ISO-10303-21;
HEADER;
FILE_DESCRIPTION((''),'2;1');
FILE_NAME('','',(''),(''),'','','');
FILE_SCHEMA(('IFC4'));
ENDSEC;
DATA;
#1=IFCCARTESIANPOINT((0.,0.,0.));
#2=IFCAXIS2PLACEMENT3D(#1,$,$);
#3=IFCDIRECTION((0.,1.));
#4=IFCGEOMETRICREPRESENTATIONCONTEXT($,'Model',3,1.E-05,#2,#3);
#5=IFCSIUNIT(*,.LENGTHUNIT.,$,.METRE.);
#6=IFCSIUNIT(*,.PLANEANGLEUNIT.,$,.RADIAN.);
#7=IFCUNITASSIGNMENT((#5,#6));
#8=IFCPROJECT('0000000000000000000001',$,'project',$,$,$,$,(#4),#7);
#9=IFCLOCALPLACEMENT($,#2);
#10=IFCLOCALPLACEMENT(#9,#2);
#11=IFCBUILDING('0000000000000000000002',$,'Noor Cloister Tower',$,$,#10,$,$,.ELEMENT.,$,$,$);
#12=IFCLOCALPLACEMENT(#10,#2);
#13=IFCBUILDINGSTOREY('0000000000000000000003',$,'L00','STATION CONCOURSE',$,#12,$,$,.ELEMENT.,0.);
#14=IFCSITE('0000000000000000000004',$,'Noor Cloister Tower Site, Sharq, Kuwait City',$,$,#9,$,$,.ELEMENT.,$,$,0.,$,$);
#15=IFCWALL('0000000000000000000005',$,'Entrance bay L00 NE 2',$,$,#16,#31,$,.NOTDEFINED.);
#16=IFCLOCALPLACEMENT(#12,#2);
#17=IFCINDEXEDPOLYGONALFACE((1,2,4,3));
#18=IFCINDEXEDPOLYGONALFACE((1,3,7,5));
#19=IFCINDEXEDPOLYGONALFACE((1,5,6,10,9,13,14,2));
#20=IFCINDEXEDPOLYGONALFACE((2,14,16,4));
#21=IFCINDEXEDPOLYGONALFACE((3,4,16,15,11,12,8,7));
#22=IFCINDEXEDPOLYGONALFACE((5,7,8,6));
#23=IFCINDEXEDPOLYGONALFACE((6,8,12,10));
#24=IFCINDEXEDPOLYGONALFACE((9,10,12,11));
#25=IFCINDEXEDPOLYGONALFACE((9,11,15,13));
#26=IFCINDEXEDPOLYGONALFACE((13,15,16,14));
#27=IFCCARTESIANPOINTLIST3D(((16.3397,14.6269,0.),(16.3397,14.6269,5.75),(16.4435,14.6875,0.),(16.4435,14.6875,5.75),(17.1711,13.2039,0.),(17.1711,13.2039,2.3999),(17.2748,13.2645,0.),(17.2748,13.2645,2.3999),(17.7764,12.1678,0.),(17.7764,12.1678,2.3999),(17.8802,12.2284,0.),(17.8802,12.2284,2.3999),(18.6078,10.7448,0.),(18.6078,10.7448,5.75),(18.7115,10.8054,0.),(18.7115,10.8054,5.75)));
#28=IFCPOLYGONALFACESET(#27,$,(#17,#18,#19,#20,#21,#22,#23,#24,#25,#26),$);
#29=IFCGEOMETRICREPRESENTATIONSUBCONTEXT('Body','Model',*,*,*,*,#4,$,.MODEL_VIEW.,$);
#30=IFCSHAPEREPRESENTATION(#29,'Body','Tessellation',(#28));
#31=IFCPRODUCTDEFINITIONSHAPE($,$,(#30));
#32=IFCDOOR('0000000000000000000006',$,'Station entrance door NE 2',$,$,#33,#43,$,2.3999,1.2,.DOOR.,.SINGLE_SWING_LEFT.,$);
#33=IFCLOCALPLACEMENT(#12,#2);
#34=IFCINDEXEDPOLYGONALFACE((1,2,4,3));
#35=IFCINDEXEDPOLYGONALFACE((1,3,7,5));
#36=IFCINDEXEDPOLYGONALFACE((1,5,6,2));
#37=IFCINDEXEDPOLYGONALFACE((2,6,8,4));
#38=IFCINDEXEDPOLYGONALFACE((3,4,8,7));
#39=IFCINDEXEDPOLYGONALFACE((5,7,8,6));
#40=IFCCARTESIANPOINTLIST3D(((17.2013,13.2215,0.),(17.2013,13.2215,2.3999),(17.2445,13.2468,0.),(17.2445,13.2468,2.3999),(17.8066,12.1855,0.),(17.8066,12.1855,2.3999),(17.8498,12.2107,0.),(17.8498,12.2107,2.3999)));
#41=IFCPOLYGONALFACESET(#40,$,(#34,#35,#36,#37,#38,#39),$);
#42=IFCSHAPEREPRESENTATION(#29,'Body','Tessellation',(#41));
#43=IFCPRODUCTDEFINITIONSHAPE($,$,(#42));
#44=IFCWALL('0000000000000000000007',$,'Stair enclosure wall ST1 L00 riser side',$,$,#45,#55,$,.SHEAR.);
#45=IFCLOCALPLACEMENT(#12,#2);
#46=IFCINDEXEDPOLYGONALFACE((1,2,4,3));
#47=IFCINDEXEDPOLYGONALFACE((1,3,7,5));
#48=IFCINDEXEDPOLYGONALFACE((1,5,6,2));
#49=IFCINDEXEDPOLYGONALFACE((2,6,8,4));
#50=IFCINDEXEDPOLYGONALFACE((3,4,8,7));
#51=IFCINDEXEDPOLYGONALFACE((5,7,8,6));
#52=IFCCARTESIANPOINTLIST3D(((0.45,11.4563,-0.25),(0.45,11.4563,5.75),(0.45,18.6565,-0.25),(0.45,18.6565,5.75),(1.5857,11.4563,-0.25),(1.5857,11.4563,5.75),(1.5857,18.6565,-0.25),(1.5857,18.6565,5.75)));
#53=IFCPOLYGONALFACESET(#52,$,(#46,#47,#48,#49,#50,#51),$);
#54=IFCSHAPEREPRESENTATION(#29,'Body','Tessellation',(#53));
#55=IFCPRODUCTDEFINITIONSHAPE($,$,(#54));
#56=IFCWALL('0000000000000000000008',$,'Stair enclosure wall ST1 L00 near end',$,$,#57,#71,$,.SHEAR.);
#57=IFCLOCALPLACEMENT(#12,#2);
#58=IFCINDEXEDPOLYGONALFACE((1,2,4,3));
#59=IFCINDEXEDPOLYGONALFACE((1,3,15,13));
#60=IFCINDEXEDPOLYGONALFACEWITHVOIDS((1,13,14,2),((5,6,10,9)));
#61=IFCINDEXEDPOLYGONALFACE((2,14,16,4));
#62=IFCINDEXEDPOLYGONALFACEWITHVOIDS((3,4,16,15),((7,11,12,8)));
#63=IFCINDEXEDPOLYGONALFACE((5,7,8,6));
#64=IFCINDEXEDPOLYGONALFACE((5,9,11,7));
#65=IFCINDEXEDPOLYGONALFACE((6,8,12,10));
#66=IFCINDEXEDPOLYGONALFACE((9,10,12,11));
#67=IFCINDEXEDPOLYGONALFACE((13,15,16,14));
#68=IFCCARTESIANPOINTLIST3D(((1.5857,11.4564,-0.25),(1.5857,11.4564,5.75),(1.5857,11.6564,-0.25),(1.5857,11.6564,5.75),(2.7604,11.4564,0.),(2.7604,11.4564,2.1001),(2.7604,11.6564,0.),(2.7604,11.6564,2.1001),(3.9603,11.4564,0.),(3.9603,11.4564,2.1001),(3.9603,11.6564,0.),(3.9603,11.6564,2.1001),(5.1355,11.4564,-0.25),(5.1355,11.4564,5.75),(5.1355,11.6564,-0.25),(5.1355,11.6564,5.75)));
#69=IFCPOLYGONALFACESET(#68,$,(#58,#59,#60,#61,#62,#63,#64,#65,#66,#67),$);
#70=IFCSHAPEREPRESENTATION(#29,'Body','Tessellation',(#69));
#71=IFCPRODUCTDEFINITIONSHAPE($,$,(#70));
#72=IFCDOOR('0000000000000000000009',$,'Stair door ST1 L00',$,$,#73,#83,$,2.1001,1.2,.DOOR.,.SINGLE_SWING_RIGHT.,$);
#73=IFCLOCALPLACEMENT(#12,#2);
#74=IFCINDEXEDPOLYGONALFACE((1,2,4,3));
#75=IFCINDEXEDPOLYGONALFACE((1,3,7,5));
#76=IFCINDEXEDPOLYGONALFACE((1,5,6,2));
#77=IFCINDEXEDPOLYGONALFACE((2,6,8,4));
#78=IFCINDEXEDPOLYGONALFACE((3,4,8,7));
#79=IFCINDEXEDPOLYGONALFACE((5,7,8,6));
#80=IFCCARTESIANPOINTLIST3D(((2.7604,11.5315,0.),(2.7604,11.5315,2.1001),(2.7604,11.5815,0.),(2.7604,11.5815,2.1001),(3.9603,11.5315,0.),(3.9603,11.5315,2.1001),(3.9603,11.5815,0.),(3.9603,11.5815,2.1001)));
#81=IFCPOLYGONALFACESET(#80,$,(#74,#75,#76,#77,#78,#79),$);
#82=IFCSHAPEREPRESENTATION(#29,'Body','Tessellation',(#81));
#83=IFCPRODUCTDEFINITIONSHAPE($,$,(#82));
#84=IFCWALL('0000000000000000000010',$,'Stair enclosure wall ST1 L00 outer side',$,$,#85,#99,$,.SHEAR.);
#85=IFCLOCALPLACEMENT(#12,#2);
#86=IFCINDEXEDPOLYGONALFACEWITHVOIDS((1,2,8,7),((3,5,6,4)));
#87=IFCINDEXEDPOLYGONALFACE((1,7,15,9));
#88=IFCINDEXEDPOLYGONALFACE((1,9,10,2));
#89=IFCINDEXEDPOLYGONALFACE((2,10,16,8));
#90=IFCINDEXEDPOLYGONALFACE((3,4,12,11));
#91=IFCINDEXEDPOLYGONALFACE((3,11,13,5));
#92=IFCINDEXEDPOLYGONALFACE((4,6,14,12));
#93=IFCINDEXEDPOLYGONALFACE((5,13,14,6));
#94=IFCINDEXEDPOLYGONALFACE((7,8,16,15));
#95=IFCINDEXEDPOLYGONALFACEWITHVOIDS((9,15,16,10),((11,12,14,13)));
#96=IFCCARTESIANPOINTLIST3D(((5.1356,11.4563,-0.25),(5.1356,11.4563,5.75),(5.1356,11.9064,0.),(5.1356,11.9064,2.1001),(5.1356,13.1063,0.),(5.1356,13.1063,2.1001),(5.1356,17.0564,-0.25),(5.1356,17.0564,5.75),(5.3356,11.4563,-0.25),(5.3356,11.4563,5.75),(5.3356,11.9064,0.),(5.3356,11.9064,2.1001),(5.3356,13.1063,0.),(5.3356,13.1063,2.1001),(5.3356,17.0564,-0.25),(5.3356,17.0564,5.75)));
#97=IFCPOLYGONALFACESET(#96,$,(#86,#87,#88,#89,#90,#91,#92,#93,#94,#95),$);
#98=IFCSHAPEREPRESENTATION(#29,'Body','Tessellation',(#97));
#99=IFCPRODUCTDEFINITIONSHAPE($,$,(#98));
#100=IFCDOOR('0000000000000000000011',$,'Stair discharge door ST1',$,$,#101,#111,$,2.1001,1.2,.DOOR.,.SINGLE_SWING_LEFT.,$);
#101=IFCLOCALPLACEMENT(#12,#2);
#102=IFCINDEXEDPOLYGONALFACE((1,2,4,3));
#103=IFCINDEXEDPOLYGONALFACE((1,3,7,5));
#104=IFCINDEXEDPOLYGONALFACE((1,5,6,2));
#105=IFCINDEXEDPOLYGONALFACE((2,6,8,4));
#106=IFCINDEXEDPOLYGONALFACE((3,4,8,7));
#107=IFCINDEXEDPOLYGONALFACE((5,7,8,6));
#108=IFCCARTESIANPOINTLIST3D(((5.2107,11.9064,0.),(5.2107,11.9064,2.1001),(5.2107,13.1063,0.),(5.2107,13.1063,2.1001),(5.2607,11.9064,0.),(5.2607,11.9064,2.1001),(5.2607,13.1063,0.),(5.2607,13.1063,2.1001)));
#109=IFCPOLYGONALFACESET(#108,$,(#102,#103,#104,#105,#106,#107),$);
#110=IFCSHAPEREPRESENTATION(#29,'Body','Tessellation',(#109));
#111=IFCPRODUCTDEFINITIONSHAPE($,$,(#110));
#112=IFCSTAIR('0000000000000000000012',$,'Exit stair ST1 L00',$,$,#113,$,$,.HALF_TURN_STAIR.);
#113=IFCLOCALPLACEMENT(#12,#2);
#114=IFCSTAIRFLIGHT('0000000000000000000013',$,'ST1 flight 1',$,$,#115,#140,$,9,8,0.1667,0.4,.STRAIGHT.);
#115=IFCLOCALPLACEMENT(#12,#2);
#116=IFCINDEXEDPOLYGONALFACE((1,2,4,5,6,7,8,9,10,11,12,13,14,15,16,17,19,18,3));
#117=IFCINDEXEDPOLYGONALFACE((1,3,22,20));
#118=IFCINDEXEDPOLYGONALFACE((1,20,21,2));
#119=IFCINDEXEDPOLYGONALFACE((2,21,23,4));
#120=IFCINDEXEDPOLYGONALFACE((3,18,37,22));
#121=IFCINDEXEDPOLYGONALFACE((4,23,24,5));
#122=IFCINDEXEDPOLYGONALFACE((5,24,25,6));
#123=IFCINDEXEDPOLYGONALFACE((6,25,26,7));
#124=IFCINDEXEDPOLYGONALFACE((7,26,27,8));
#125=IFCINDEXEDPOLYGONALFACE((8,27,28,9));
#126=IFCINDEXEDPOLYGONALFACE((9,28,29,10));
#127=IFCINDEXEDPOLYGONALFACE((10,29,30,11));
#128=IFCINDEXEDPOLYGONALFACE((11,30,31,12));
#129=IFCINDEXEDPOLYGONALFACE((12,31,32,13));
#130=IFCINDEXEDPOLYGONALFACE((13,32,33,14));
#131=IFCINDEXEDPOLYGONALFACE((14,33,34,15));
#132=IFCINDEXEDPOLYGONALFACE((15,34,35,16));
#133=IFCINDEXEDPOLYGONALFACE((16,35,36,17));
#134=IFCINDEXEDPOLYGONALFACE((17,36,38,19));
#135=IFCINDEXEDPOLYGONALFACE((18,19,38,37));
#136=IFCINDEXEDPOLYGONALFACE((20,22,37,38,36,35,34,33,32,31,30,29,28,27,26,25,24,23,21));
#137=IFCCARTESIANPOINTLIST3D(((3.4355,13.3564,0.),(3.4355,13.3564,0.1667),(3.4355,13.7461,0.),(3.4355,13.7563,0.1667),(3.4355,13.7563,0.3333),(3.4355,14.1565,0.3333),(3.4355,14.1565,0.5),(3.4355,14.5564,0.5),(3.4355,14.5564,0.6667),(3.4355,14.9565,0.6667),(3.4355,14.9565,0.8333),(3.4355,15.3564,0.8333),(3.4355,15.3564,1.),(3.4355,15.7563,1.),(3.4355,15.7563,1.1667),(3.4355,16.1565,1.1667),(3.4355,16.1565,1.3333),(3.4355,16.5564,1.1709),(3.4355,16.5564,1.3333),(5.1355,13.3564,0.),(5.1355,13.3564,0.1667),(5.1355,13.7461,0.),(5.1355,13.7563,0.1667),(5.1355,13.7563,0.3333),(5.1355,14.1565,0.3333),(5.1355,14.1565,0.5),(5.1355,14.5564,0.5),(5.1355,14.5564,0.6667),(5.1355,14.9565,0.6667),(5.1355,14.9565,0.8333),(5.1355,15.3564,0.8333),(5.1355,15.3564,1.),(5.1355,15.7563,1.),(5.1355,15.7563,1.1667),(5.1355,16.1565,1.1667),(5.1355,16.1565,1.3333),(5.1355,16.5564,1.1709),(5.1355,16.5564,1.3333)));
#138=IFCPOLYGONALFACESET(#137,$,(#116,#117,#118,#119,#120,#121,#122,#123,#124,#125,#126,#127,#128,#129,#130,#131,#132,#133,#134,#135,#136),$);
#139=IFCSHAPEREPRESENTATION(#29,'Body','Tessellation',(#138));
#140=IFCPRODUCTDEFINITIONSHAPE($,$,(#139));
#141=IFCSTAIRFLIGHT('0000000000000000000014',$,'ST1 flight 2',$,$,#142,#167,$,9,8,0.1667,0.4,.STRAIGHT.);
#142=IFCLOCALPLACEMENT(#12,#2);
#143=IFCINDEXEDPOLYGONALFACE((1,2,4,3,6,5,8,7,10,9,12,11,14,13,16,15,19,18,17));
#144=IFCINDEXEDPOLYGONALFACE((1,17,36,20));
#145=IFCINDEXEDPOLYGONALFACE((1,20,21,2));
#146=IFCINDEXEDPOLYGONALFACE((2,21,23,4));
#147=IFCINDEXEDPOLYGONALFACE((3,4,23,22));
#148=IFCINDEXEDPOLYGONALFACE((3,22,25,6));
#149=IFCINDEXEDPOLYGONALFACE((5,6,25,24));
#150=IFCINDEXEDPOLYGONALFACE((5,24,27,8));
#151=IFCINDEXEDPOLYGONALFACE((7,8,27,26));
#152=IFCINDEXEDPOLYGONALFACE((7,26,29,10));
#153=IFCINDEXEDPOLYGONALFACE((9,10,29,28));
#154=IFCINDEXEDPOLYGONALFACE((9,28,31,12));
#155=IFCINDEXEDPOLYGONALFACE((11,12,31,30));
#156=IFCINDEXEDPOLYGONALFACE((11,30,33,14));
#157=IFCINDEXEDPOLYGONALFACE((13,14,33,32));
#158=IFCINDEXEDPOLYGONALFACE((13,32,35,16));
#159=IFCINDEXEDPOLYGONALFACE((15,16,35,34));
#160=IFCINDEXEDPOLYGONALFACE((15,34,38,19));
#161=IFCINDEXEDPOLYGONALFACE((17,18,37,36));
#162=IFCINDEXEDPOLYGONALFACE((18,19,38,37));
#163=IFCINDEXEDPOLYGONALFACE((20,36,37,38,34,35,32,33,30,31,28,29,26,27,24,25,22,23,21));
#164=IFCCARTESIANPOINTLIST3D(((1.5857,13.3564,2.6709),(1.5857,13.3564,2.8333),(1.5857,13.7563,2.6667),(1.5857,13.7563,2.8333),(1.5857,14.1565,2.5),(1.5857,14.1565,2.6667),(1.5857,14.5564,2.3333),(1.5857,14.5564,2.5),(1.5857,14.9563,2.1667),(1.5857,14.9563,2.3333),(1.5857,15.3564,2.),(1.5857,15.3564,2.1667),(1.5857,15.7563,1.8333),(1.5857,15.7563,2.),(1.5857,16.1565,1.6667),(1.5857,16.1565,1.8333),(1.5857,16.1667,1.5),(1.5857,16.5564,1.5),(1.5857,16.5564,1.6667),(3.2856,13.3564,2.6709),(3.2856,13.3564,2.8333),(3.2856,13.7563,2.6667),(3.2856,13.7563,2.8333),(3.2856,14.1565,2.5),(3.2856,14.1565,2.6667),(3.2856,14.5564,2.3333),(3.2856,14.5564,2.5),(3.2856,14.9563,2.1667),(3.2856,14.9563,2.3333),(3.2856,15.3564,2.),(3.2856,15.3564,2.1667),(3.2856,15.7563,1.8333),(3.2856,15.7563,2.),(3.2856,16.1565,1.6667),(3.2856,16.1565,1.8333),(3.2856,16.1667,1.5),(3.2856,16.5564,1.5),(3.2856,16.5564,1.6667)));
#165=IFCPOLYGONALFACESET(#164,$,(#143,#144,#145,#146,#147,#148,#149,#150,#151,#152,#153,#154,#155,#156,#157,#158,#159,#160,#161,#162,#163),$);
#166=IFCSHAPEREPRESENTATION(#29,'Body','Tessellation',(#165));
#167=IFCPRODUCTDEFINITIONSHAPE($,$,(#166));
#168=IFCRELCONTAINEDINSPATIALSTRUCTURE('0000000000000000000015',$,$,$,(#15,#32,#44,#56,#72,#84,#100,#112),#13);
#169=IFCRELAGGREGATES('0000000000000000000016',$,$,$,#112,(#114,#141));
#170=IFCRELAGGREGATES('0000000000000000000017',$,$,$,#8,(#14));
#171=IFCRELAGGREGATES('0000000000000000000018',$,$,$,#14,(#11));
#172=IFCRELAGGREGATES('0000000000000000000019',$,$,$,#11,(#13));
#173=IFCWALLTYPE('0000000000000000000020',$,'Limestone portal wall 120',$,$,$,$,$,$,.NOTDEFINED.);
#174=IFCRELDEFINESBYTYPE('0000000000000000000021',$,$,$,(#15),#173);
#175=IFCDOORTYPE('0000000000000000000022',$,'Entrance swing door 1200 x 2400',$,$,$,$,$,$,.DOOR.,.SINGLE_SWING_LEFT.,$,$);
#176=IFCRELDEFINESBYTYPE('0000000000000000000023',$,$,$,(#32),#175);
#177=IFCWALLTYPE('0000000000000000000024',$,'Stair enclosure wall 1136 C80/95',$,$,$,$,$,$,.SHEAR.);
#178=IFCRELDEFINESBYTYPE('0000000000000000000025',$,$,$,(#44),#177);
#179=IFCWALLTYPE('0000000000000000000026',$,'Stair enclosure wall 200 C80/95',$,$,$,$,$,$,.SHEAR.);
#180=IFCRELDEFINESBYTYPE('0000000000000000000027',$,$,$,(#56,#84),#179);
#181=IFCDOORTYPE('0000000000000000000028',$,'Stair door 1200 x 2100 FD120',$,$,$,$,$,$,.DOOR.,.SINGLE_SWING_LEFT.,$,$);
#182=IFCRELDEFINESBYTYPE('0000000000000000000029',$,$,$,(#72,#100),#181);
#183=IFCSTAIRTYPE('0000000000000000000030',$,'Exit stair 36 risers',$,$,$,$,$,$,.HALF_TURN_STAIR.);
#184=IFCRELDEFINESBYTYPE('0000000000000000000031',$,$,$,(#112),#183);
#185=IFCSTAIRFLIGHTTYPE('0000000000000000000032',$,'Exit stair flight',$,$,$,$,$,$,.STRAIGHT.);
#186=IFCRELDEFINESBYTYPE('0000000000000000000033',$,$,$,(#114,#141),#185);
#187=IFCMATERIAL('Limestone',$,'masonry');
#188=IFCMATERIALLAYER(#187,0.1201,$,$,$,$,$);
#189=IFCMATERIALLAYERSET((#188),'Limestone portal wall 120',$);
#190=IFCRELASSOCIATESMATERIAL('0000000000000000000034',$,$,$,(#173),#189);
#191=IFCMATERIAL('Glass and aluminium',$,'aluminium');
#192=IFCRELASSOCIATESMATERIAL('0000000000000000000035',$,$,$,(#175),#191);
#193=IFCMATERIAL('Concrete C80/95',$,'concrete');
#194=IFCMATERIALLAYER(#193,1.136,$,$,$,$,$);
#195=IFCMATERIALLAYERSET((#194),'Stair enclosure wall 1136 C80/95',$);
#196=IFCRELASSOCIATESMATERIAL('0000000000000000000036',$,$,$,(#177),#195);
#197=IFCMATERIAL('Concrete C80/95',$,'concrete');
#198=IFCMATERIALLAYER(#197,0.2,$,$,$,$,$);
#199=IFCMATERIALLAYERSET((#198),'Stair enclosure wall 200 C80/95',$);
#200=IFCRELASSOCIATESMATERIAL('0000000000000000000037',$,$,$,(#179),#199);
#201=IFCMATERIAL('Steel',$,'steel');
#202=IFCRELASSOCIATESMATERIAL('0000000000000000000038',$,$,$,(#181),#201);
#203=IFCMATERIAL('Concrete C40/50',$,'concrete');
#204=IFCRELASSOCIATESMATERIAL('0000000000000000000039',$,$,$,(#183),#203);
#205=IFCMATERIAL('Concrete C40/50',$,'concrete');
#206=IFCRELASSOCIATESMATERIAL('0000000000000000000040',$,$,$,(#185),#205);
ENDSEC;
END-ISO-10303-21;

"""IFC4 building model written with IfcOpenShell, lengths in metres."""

from ifc_helpers import new_model, si_unit, direction, frame, frame_2d, origin, place, context, subcontext, project, spatial, polyline, rectangle, outline, extrude, material, layer, layer_set, type_object, element, fill, aggregate, save


model = new_model("IFC4")

# Units and contexts
model_context = context("Model", 3, precision=1e-05, world=origin(), true_north=direction((0.0, 1.0)))
body_context = subcontext(model_context, "Body", "Model", "MODEL_VIEW")
ifc_project = project(units=[si_unit("LENGTHUNIT", "METRE"), si_unit("PLANEANGLEUNIT", "RADIAN")], contexts=[model_context])

# Site, building, storey
site_placement = place(None, origin())
site = spatial("IfcSite", under=ifc_project, at=site_placement, Name="Noor Cloister Tower Site, Sharq, Kuwait City", CompositionType="ELEMENT", RefElevation=0.0)
building_placement = place(site_placement, origin())
building = spatial("IfcBuilding", under=site, at=building_placement, Name="Noor Cloister Tower", CompositionType="ELEMENT")
storey_placement = place(building_placement, origin())
storey = spatial("IfcBuildingStorey", under=building, at=storey_placement, Name="L00", Description="STATION CONCOURSE", CompositionType="ELEMENT", Elevation=0.0)

# Wall, opening, door
ifc_material_1 = material(Name="Limestone", Category="masonry")
ifc_layer_1 = layer(ifc_material_1, 0.1201)
ifc_layer_set_1 = layer_set([ifc_layer_1], Name="Limestone portal wall 120")
wall_type_1 = type_object("IfcWallType", Name="Limestone portal wall 120", PredefinedType="NOTDEFINED", material=ifc_layer_set_1)
wall_1_placement = place(storey_placement, frame((16.3916, 14.6572, 0.0), z_axis=(0.0, 0.0, 1.0), x_axis=(0.504455, -0.863438, 0.0)))
wall_1 = element("IfcWall", 1, at=wall_1_placement, inside=storey, type_object=wall_type_1, Name="Entrance bay L00 NE 2", PredefinedType="NOTDEFINED", context=body_context, shape_type="SweptSolid", body=[
    extrude(rectangle(XDim=4.4961, YDim=0.1201, at=frame_2d((2.248, 0.0))), origin(), (0.0, 0.0, 1.0), 5.75),
])
opening_1_placement = place(wall_1_placement, frame((1.6479, 0.0, 0.0)))
opening_1 = element("IfcOpeningElement", 2, at=opening_1_placement, cuts=wall_1, PredefinedType="OPENING", context=body_context, shape_type="SweptSolid", body=[
    extrude(rectangle(XDim=1.2, YDim=2.3999, at=frame_2d((0.6001, 1.2))), frame((0.0, 0.0701, 0.0), z_axis=(0.0, -1.0, 0.0), x_axis=(1.0, 0.0, 0.0)), (0.0, 0.0, 1.0), 0.1401),
])
ifc_material_2 = material(Name="Glass and aluminium", Category="aluminium")
door_type_1 = type_object("IfcDoorType", Name="Entrance swing door 1200 x 2400", OperationType="SINGLE_SWING_LEFT", PredefinedType="DOOR", material=ifc_material_2)
door_1_placement = place(opening_1_placement, origin())
door_1 = element("IfcDoor", 3, at=door_1_placement, inside=storey, type_object=door_type_1, Name="Station entrance door NE 2", OperationType="SINGLE_SWING_LEFT", OverallHeight=2.3999, OverallWidth=1.2, PredefinedType="DOOR", context=body_context, shape_type="SweptSolid", body=[
    extrude(rectangle(XDim=1.2, YDim=2.3999, at=frame_2d((0.6001, 1.2))), frame((0.0, 0.0249, 0.0), z_axis=(0.0, -1.0, 0.0), x_axis=(1.0, 0.0, 0.0)), (0.0, 0.0, 1.0), 0.05),
])
fill(opening_1, door_1)

# Wall
ifc_material_3 = material(Name="Concrete C80/95", Category="concrete")
ifc_layer_2 = layer(ifc_material_3, 1.136)
ifc_layer_set_2 = layer_set([ifc_layer_2], Name="Stair enclosure wall 1136 C80/95")
wall_type_2 = type_object("IfcWallType", Name="Stair enclosure wall 1136 C80/95", PredefinedType="SHEAR", material=ifc_layer_set_2)
wall_2_placement = place(storey_placement, frame((1.0178, 11.4563, -0.25), z_axis=(0.0, 0.0, 1.0), x_axis=(0.0, 1.0, 0.0)))
element("IfcWall", 4, at=wall_2_placement, inside=storey, type_object=wall_type_2, Name="Stair enclosure wall ST1 L00 riser side", PredefinedType="SHEAR", context=body_context, shape_type="SweptSolid", body=[
    extrude(rectangle(XDim=7.2002, YDim=1.1357, at=frame_2d((3.6001, 0.0))), origin(), (0.0, 0.0, 1.0), 6.0),
])

# Walls, openings, doors
ifc_material_4 = material(Name="Concrete C80/95", Category="concrete")
ifc_layer_3 = layer(ifc_material_4, 0.2)
ifc_layer_set_3 = layer_set([ifc_layer_3], Name="Stair enclosure wall 200 C80/95")
wall_type_3 = type_object("IfcWallType", Name="Stair enclosure wall 200 C80/95", PredefinedType="SHEAR", material=ifc_layer_set_3)
wall_3_placement = place(storey_placement, frame((5.1355, 11.5564, -0.25), z_axis=(0.0, 0.0, 1.0), x_axis=(-1.0, 0.0, 0.0)))
wall_3 = element("IfcWall", 5, at=wall_3_placement, inside=storey, type_object=wall_type_3, Name="Stair enclosure wall ST1 L00 near end", PredefinedType="SHEAR", context=body_context, shape_type="SweptSolid", body=[
    extrude(rectangle(XDim=3.5498, YDim=0.2, at=frame_2d((1.7749, 0.0))), origin(), (0.0, 0.0, 1.0), 6.0),
])
opening_2_placement = place(wall_3_placement, frame((1.175, 0.0, 0.25)))
opening_2 = element("IfcOpeningElement", 6, at=opening_2_placement, cuts=wall_3, PredefinedType="OPENING", context=body_context, shape_type="SweptSolid", body=[
    extrude(rectangle(XDim=1.2, YDim=2.1001, at=frame_2d((0.6001, 1.05))), frame((0.0, 0.1099, 0.0), z_axis=(0.0, -1.0, 0.0), x_axis=(1.0, 0.0, 0.0)), (0.0, 0.0, 1.0), 0.22),
])
ifc_material_5 = material(Name="Steel", Category="steel")
door_type_2 = type_object("IfcDoorType", Name="Stair door 1200 x 2100 FD120", OperationType="SINGLE_SWING_LEFT", PredefinedType="DOOR", material=ifc_material_5)
door_2_placement = place(opening_2_placement, origin())
door_2 = element("IfcDoor", 7, at=door_2_placement, inside=storey, type_object=door_type_2, Name="Stair door ST1 L00", OperationType="SINGLE_SWING_RIGHT", OverallHeight=2.1001, OverallWidth=1.2, PredefinedType="DOOR", context=body_context, shape_type="SweptSolid", body=[
    extrude(rectangle(XDim=1.2, YDim=2.1001, at=frame_2d((0.6001, 1.05))), frame((0.0, 0.0249, 0.0), z_axis=(0.0, -1.0, 0.0), x_axis=(1.0, 0.0, 0.0)), (0.0, 0.0, 1.0), 0.05),
])
fill(opening_2, door_2)
wall_4_placement = place(storey_placement, frame((5.2356, 11.4563, -0.25), z_axis=(0.0, 0.0, 1.0), x_axis=(0.0, 1.0, 0.0)))
wall_4 = element("IfcWall", 8, at=wall_4_placement, inside=storey, type_object=wall_type_3, Name="Stair enclosure wall ST1 L00 outer side", PredefinedType="SHEAR", context=body_context, shape_type="SweptSolid", body=[
    extrude(rectangle(XDim=5.6001, YDim=0.2, at=frame_2d((2.8, 0.0))), origin(), (0.0, 0.0, 1.0), 6.0),
])
opening_3_placement = place(wall_4_placement, frame((0.45, 0.0, 0.25)))
opening_3 = element("IfcOpeningElement", 9, at=opening_3_placement, cuts=wall_4, PredefinedType="OPENING", context=body_context, shape_type="SweptSolid", body=[
    extrude(rectangle(XDim=1.2, YDim=2.1001, at=frame_2d((0.6001, 1.05))), frame((0.0, 0.1099, 0.0), z_axis=(0.0, -1.0, 0.0), x_axis=(1.0, 0.0, 0.0)), (0.0, 0.0, 1.0), 0.22),
])
door_3_placement = place(opening_3_placement, origin())
door_3 = element("IfcDoor", 10, at=door_3_placement, inside=storey, type_object=door_type_2, Name="Stair discharge door ST1", OperationType="SINGLE_SWING_LEFT", OverallHeight=2.1001, OverallWidth=1.2, PredefinedType="DOOR", context=body_context, shape_type="SweptSolid", body=[
    extrude(rectangle(XDim=1.2, YDim=2.1001, at=frame_2d((0.6001, 1.05))), frame((0.0, 0.0249, 0.0), z_axis=(0.0, -1.0, 0.0), x_axis=(1.0, 0.0, 0.0)), (0.0, 0.0, 1.0), 0.05),
])
fill(opening_3, door_3)

# Stair, stair flights
ifc_material_6 = material(Name="Concrete C40/50", Category="concrete")
stair_type = type_object("IfcStairType", Name="Exit stair 36 risers", PredefinedType="HALF_TURN_STAIR", material=ifc_material_6)
stair_placement = place(storey_placement, origin())
stair = element("IfcStair", 11, at=stair_placement, inside=storey, type_object=stair_type, Name="Exit stair ST1 L00", PredefinedType="HALF_TURN_STAIR")
ifc_material_7 = material(Name="Concrete C40/50", Category="concrete")
stair_flight_type = type_object("IfcStairFlightType", Name="Exit stair flight", PredefinedType="STRAIGHT", material=ifc_material_7)
stair_flight_1_placement = place(storey_placement, frame((4.2856, 13.3564, 0.0), z_axis=(0.0, 0.0, 1.0), x_axis=(0.0, 1.0, 0.0)))
stair_flight_1 = element("IfcStairFlight", 12, at=stair_flight_1_placement, type_object=stair_flight_type, Name="ST1 flight 1", NumberOfRisers=9, NumberOfTreads=8, PredefinedType="STRAIGHT", RiserHeight=0.1667, TreadLength=0.4, context=body_context, shape_type="SweptSolid", body=[
    extrude(outline(polyline([(0.0, 0.0), (0.0, 0.1667), (0.3999, 0.1667), (0.3999, 0.3333), (0.8, 0.3333), (0.8, 0.5), (1.2, 0.5), (1.2, 0.6667), (1.6001, 0.6667), (1.6001, 0.8333), (2.0, 0.8333), (2.0, 1.0), (2.3999, 1.0), (2.3999, 1.1667), (2.8, 1.1667), (2.8, 1.3333), (3.2, 1.3333), (3.2, 1.5), (3.2, 1.1709), (0.3896, 0.0), (0.0, 0.0)])), frame((0.0, 0.8501, 0.0), z_axis=(0.0, -1.0, 0.0), x_axis=(1.0, 0.0, 0.0)), (0.0, 0.0, 1.0), 1.7),
])
stair_flight_2_placement = place(storey_placement, frame((2.4355, 16.5564, 1.5), z_axis=(0.0, 0.0, 1.0), x_axis=(0.0, -1.0, 0.0)))
stair_flight_2 = element("IfcStairFlight", 13, at=stair_flight_2_placement, type_object=stair_flight_type, Name="ST1 flight 2", NumberOfRisers=9, NumberOfTreads=8, PredefinedType="STRAIGHT", RiserHeight=0.1667, TreadLength=0.4, context=body_context, shape_type="SweptSolid", body=[
    extrude(outline(polyline([(0.0, 0.0), (0.0, 0.1667), (0.3999, 0.1667), (0.3999, 0.3333), (0.8, 0.3333), (0.8, 0.5), (1.2, 0.5), (1.2, 0.6667), (1.6001, 0.6667), (1.6001, 0.8333), (2.0, 0.8333), (2.0, 1.0), (2.3999, 1.0), (2.3999, 1.1667), (2.8, 1.1667), (2.8, 1.3333), (3.2, 1.3333), (3.2, 1.5), (3.2, 1.1709), (0.3896, 0.0), (0.0, 0.0)])), frame((0.0, 0.8501, 0.0), z_axis=(0.0, -1.0, 0.0), x_axis=(1.0, 0.0, 0.0)), (0.0, 0.0, 1.0), 1.7),
])
aggregate(stair, [stair_flight_1, stair_flight_2])

save(model, "model.ifc")
